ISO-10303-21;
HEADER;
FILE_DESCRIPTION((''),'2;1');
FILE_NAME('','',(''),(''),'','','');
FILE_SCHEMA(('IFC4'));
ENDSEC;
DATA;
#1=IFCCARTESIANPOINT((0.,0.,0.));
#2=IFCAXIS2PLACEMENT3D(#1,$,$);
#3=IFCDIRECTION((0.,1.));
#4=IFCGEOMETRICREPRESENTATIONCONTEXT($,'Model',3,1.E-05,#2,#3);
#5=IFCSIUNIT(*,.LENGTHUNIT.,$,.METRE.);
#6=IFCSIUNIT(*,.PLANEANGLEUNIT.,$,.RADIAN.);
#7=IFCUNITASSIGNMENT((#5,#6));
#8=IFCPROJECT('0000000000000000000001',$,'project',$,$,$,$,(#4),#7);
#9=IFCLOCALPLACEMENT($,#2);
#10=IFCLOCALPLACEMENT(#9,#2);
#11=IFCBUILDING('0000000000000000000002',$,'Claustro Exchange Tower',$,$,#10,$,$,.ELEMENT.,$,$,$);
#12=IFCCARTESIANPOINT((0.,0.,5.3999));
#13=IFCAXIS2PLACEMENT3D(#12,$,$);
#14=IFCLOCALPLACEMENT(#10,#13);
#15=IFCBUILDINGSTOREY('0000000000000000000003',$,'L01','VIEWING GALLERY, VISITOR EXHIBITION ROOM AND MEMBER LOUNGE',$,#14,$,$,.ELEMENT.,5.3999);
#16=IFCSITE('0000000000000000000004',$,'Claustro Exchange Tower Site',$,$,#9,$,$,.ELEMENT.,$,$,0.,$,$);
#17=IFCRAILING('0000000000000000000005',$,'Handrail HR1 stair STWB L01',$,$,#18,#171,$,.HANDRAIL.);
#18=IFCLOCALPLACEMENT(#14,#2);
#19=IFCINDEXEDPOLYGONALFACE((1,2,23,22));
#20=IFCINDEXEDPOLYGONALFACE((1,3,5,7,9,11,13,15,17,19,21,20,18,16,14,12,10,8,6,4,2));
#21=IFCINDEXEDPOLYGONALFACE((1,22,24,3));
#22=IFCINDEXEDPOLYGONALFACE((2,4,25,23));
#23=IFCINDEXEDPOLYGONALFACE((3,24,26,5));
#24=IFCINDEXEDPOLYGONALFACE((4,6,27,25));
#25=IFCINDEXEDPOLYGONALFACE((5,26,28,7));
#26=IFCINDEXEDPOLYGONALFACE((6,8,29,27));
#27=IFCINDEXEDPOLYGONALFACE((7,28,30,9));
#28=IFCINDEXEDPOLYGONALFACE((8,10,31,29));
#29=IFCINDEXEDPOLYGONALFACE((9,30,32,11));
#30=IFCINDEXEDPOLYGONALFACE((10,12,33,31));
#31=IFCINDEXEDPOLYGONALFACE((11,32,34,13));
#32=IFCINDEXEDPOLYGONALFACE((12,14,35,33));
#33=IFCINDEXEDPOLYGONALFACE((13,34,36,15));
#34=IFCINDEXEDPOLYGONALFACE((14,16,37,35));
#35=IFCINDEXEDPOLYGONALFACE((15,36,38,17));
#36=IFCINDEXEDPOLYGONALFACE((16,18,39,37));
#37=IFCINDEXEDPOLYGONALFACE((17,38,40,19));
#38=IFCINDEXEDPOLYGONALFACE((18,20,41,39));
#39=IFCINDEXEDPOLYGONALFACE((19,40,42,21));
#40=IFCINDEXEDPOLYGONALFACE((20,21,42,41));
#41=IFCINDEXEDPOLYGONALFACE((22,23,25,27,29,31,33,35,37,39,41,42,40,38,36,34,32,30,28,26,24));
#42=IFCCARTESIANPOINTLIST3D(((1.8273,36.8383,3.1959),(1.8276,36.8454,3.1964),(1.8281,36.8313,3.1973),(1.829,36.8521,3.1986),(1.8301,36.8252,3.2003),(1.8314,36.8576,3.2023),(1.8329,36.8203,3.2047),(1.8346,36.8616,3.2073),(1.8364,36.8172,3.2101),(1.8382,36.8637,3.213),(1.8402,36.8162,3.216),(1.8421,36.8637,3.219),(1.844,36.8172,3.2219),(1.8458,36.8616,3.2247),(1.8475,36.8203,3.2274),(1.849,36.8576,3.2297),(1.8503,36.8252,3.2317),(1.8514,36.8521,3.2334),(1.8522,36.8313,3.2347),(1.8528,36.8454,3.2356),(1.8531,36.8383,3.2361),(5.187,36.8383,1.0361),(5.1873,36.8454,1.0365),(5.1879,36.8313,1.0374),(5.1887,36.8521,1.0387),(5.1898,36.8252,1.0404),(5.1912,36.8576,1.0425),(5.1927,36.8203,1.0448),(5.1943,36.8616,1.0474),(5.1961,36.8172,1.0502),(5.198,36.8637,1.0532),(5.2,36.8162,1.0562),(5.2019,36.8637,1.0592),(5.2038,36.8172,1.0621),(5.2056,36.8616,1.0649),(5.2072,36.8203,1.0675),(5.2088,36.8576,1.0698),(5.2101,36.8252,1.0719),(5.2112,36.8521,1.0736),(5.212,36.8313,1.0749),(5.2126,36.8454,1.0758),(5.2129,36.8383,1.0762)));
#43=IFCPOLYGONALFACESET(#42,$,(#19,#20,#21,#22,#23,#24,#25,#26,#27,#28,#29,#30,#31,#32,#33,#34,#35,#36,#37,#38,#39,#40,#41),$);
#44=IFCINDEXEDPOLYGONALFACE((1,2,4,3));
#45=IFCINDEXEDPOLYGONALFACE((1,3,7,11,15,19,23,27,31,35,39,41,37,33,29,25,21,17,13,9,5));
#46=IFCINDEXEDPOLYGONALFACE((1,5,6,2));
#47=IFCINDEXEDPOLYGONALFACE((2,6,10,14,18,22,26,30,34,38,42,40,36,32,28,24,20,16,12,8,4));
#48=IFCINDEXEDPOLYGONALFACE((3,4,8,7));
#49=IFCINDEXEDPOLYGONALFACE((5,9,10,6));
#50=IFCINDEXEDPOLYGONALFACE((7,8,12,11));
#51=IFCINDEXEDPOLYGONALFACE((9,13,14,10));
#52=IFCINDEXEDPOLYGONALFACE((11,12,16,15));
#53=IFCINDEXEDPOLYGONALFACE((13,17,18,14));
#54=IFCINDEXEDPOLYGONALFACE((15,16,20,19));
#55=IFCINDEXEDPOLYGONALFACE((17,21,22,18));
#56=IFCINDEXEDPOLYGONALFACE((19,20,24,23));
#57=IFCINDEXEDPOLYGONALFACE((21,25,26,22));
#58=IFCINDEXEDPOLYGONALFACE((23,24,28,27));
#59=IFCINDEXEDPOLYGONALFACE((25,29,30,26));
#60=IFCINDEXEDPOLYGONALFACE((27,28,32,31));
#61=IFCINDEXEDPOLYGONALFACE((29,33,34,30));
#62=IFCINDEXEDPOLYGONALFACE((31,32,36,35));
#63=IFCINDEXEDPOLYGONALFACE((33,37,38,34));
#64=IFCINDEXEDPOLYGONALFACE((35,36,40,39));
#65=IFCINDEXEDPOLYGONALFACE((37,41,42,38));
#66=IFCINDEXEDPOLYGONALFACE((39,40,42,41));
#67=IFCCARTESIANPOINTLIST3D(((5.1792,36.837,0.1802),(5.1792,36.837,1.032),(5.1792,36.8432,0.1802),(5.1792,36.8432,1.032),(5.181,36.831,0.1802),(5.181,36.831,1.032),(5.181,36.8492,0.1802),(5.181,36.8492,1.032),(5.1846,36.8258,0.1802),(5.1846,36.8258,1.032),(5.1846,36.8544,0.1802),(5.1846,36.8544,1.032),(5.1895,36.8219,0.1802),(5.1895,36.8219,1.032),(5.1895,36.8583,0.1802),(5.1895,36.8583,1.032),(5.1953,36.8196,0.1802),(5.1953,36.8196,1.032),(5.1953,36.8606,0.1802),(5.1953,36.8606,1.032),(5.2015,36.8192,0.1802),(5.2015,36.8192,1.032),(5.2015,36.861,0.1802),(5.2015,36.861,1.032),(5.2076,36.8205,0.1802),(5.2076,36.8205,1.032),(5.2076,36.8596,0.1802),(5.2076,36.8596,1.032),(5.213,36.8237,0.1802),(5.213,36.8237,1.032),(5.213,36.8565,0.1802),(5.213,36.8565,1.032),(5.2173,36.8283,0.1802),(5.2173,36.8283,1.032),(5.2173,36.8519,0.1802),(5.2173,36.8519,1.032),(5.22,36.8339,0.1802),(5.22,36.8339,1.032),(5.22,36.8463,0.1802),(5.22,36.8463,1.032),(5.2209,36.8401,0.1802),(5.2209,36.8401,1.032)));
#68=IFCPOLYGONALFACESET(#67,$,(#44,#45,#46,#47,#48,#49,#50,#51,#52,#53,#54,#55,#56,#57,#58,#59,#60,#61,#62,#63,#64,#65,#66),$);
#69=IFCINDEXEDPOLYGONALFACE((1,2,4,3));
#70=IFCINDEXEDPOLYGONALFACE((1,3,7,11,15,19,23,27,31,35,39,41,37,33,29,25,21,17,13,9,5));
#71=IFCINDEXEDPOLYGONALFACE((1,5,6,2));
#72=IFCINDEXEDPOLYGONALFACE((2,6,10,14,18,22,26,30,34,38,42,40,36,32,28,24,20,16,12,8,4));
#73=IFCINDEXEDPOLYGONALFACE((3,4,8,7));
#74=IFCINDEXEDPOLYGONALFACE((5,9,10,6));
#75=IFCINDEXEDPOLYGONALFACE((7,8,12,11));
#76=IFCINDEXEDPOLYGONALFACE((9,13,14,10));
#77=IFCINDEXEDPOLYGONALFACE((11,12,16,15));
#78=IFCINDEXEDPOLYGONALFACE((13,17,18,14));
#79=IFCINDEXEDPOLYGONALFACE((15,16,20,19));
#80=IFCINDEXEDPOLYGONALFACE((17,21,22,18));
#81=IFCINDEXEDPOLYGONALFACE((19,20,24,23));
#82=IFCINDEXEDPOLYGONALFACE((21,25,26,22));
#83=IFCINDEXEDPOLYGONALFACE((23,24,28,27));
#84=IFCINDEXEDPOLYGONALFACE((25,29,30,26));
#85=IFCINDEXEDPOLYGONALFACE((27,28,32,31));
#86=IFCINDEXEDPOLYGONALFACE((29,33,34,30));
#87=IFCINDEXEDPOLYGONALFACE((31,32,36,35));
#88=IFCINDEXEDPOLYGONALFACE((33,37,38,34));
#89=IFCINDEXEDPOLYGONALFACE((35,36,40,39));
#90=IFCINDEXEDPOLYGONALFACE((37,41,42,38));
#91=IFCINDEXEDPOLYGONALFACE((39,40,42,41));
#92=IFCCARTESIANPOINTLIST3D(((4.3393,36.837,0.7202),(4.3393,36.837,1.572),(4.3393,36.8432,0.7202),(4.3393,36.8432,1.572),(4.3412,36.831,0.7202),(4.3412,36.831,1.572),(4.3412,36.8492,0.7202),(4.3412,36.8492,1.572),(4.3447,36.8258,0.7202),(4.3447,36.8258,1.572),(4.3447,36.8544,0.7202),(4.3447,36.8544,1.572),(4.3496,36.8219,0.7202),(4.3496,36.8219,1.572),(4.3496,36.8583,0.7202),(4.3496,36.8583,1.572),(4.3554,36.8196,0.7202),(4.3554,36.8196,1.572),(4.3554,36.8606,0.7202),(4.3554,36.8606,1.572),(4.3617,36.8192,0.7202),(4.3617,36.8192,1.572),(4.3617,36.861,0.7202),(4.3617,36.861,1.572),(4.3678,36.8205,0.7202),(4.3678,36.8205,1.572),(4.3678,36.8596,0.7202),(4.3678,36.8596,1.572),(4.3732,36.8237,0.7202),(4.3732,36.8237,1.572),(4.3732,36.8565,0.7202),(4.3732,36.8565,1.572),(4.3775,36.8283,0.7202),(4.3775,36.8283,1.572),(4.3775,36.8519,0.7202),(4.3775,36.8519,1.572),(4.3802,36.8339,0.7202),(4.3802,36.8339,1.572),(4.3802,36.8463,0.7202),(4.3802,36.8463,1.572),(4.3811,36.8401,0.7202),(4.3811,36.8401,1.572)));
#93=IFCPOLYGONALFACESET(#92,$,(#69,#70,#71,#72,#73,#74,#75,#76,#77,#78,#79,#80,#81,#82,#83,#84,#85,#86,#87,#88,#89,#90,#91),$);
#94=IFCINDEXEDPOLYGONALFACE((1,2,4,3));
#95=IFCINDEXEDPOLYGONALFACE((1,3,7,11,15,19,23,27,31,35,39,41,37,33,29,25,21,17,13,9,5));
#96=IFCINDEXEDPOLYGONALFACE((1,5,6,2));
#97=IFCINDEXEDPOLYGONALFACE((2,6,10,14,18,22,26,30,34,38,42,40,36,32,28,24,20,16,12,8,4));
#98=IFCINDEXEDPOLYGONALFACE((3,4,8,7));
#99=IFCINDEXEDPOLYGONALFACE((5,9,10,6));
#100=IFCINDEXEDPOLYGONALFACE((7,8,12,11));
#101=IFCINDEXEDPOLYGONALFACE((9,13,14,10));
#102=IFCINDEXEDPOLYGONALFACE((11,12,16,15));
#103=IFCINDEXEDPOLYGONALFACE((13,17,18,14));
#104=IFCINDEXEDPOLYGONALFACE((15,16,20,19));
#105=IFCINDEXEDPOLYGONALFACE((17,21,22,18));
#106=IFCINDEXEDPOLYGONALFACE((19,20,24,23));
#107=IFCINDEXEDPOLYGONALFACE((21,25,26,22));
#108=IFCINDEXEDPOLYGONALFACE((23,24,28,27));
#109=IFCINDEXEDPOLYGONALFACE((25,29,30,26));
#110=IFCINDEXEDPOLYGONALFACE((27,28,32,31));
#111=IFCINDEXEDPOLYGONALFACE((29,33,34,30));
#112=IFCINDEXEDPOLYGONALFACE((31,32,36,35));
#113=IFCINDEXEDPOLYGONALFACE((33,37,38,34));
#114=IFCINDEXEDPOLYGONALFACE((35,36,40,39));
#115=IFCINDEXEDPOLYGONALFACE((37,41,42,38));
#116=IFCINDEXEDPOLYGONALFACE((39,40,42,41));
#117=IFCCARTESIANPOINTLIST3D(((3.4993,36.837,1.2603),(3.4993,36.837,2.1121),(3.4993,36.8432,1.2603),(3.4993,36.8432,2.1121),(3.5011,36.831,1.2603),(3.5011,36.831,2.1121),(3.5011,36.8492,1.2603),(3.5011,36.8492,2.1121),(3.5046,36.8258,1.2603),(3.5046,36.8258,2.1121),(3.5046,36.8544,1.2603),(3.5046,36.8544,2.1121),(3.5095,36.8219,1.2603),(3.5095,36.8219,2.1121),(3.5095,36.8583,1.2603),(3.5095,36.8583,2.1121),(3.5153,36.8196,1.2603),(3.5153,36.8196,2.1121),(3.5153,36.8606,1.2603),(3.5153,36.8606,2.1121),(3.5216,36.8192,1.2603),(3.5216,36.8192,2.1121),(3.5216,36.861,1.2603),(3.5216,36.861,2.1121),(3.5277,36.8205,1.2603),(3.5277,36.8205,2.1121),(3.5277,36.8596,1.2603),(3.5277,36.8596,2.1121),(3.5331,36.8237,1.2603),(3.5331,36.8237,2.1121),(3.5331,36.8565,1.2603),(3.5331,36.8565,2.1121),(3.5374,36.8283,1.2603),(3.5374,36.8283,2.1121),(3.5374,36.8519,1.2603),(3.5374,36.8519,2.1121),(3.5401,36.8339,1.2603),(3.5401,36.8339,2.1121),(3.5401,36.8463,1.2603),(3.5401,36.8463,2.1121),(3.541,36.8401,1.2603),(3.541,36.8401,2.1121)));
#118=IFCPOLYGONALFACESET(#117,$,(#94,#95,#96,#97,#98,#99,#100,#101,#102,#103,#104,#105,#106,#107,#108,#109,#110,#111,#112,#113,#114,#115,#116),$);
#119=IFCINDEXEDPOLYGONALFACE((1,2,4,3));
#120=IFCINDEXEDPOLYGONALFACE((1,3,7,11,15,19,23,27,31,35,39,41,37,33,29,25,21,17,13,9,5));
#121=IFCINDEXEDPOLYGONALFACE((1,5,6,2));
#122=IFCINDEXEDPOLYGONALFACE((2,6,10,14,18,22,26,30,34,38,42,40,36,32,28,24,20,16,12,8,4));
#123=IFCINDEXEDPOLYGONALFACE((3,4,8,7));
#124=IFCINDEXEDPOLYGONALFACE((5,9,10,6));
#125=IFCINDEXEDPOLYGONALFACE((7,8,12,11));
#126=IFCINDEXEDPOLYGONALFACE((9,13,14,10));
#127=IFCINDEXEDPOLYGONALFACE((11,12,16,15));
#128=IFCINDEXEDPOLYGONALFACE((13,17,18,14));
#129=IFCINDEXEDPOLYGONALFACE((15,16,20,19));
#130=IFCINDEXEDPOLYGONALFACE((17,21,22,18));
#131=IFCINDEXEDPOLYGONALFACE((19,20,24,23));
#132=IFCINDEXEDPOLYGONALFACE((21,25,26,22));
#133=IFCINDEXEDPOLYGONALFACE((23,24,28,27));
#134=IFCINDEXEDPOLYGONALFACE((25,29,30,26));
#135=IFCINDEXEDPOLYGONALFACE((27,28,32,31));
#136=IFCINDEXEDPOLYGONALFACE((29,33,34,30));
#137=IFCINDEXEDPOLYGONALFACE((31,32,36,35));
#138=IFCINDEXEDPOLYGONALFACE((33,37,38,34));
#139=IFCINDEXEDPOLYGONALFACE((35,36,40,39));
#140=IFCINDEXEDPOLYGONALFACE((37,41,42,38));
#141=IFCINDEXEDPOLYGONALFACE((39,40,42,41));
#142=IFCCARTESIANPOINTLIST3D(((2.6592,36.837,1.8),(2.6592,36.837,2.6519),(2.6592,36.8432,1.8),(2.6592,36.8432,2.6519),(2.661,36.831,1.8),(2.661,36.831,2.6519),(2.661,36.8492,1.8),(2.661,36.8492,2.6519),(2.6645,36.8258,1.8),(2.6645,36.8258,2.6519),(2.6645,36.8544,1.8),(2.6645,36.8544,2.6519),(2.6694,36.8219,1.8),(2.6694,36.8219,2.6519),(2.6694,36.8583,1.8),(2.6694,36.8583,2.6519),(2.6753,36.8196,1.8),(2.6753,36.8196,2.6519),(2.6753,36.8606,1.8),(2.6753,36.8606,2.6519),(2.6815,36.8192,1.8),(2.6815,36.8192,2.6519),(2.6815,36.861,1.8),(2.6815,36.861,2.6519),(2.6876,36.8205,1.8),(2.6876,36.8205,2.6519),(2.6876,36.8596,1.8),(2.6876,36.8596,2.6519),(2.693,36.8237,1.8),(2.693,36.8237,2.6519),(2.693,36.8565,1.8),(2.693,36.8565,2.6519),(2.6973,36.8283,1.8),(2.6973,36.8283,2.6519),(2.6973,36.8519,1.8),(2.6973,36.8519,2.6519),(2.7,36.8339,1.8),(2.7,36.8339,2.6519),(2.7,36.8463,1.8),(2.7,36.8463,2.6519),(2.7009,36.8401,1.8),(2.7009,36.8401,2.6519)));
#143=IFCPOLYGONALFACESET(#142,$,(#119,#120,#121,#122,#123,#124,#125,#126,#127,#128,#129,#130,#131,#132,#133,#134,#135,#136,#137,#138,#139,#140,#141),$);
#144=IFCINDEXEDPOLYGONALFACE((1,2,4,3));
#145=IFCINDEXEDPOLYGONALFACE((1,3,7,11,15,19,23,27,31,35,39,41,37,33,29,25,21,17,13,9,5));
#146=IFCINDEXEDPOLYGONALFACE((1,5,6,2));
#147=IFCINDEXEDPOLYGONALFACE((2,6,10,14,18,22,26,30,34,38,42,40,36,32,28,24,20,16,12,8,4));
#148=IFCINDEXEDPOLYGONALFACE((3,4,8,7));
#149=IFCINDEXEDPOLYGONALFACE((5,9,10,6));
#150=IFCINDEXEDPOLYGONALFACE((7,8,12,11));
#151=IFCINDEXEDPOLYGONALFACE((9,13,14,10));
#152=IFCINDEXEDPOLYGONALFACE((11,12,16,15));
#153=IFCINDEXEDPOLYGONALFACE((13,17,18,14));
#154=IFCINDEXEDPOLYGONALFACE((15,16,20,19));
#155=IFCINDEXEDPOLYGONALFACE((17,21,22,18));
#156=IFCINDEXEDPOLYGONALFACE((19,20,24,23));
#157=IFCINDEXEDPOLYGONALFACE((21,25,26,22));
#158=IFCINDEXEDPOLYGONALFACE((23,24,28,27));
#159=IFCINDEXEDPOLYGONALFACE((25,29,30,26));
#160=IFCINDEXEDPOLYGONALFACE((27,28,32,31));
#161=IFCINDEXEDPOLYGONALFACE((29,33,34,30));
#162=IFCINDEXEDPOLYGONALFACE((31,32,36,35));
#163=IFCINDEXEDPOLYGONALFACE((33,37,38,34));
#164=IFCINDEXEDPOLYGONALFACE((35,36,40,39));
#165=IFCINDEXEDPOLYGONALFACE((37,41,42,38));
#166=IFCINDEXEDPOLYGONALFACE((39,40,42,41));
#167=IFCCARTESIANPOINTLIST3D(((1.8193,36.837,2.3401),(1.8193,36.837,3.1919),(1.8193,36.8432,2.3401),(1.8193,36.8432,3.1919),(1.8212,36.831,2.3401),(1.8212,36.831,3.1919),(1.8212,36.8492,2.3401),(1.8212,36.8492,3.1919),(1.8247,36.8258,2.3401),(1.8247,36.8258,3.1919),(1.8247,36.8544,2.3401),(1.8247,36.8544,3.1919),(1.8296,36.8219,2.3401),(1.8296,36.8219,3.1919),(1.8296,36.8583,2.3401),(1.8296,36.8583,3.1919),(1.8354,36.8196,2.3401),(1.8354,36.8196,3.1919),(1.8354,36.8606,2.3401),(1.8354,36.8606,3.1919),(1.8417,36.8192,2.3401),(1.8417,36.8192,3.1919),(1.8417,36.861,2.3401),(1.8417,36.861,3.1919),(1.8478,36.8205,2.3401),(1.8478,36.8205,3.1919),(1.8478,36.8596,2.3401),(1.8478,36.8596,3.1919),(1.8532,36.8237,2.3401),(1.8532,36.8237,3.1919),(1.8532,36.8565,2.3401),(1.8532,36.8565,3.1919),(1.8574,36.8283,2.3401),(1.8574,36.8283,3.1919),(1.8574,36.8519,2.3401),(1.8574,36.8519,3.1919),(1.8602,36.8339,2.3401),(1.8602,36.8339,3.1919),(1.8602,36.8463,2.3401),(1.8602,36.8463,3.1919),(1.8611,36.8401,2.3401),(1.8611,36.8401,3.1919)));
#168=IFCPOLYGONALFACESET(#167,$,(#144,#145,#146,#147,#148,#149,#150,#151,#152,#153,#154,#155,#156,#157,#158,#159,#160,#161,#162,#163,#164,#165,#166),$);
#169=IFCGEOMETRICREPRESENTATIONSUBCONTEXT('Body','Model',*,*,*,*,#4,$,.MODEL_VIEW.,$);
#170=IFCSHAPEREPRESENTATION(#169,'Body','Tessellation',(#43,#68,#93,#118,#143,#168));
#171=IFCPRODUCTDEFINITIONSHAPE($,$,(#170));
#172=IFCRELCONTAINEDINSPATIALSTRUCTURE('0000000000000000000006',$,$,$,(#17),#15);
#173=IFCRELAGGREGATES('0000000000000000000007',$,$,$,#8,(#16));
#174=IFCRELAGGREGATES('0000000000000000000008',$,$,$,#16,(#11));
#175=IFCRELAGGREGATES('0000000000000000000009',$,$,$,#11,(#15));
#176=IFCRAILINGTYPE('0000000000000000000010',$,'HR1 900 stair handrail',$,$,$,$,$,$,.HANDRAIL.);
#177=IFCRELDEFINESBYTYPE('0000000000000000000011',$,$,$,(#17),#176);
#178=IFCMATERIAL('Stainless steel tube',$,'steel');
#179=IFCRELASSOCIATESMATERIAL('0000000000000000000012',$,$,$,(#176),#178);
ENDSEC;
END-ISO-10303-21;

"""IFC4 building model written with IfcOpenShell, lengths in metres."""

from ifc_helpers import new_model, si_unit, direction, frame, origin, origin_2d, place, context, subcontext, project, spatial, circle, extrude, material, type_object, element, save


model = new_model("IFC4")

# Units and contexts
model_context = context("Model", 3, precision=1e-05, world=origin(), true_north=direction((0.0, 1.0)))
body_context = subcontext(model_context, "Body", "Model", "MODEL_VIEW")
ifc_project = project(units=[si_unit("LENGTHUNIT", "METRE"), si_unit("PLANEANGLEUNIT", "RADIAN")], contexts=[model_context])

# Site, building, storey
site_placement = place(None, origin())
site = spatial("IfcSite", under=ifc_project, at=site_placement, Name="Claustro Exchange Tower Site", CompositionType="ELEMENT", RefElevation=0.0)
building_placement = place(site_placement, origin())
building = spatial("IfcBuilding", under=site, at=building_placement, Name="Claustro Exchange Tower", CompositionType="ELEMENT")
storey_placement = place(building_placement, frame((0.0, 0.0, 5.3999)))
storey = spatial("IfcBuildingStorey", under=building, at=storey_placement, Name="L01", Description="VIEWING GALLERY, VISITOR EXHIBITION ROOM AND MEMBER LOUNGE", CompositionType="ELEMENT", Elevation=5.3999)

# Railing
ifc_material_1 = material(Name="Stainless steel tube", Category="steel")
railing_type_1 = type_object("IfcRailingType", Name="HR1 900 stair handrail", PredefinedType="HANDRAIL", material=ifc_material_1)
railing_1_placement = place(storey_placement, frame((5.2, 36.8401, 0.1802)))
element("IfcRailing", 1, at=railing_1_placement, inside=storey, type_object=railing_type_1, Name="Handrail HR1 stair STWB L01", PredefinedType="HANDRAIL", context=body_context, shape_type="SweptSolid", body=[
    extrude(circle(Radius=0.0239, at=origin_2d()), frame((0.0, 0.0, 0.876), z_axis=(-0.841178, 0.0, 0.540758), x_axis=(0.0, -1.0, 0.0)), (0.0, 0.0, 1.0), 3.9941),
    extrude(circle(Radius=0.021, at=origin_2d()), origin(), (0.0, 0.0, 1.0), 0.8518),
    extrude(circle(Radius=0.021, at=origin_2d()), frame((-0.8398, 0.0, 0.54)), (0.0, 0.0, 1.0), 0.8518),
    extrude(circle(Radius=0.021, at=origin_2d()), frame((-1.6799, 0.0, 1.0801)), (0.0, 0.0, 1.0), 0.8518),
    extrude(circle(Radius=0.021, at=origin_2d()), frame((-2.52, 0.0, 1.6199)), (0.0, 0.0, 1.0), 0.8518),
    extrude(circle(Radius=0.021, at=origin_2d()), frame((-3.3599, 0.0, 2.1599)), (0.0, 0.0, 1.0), 0.8518),
])

save(model, "model.ifc")
